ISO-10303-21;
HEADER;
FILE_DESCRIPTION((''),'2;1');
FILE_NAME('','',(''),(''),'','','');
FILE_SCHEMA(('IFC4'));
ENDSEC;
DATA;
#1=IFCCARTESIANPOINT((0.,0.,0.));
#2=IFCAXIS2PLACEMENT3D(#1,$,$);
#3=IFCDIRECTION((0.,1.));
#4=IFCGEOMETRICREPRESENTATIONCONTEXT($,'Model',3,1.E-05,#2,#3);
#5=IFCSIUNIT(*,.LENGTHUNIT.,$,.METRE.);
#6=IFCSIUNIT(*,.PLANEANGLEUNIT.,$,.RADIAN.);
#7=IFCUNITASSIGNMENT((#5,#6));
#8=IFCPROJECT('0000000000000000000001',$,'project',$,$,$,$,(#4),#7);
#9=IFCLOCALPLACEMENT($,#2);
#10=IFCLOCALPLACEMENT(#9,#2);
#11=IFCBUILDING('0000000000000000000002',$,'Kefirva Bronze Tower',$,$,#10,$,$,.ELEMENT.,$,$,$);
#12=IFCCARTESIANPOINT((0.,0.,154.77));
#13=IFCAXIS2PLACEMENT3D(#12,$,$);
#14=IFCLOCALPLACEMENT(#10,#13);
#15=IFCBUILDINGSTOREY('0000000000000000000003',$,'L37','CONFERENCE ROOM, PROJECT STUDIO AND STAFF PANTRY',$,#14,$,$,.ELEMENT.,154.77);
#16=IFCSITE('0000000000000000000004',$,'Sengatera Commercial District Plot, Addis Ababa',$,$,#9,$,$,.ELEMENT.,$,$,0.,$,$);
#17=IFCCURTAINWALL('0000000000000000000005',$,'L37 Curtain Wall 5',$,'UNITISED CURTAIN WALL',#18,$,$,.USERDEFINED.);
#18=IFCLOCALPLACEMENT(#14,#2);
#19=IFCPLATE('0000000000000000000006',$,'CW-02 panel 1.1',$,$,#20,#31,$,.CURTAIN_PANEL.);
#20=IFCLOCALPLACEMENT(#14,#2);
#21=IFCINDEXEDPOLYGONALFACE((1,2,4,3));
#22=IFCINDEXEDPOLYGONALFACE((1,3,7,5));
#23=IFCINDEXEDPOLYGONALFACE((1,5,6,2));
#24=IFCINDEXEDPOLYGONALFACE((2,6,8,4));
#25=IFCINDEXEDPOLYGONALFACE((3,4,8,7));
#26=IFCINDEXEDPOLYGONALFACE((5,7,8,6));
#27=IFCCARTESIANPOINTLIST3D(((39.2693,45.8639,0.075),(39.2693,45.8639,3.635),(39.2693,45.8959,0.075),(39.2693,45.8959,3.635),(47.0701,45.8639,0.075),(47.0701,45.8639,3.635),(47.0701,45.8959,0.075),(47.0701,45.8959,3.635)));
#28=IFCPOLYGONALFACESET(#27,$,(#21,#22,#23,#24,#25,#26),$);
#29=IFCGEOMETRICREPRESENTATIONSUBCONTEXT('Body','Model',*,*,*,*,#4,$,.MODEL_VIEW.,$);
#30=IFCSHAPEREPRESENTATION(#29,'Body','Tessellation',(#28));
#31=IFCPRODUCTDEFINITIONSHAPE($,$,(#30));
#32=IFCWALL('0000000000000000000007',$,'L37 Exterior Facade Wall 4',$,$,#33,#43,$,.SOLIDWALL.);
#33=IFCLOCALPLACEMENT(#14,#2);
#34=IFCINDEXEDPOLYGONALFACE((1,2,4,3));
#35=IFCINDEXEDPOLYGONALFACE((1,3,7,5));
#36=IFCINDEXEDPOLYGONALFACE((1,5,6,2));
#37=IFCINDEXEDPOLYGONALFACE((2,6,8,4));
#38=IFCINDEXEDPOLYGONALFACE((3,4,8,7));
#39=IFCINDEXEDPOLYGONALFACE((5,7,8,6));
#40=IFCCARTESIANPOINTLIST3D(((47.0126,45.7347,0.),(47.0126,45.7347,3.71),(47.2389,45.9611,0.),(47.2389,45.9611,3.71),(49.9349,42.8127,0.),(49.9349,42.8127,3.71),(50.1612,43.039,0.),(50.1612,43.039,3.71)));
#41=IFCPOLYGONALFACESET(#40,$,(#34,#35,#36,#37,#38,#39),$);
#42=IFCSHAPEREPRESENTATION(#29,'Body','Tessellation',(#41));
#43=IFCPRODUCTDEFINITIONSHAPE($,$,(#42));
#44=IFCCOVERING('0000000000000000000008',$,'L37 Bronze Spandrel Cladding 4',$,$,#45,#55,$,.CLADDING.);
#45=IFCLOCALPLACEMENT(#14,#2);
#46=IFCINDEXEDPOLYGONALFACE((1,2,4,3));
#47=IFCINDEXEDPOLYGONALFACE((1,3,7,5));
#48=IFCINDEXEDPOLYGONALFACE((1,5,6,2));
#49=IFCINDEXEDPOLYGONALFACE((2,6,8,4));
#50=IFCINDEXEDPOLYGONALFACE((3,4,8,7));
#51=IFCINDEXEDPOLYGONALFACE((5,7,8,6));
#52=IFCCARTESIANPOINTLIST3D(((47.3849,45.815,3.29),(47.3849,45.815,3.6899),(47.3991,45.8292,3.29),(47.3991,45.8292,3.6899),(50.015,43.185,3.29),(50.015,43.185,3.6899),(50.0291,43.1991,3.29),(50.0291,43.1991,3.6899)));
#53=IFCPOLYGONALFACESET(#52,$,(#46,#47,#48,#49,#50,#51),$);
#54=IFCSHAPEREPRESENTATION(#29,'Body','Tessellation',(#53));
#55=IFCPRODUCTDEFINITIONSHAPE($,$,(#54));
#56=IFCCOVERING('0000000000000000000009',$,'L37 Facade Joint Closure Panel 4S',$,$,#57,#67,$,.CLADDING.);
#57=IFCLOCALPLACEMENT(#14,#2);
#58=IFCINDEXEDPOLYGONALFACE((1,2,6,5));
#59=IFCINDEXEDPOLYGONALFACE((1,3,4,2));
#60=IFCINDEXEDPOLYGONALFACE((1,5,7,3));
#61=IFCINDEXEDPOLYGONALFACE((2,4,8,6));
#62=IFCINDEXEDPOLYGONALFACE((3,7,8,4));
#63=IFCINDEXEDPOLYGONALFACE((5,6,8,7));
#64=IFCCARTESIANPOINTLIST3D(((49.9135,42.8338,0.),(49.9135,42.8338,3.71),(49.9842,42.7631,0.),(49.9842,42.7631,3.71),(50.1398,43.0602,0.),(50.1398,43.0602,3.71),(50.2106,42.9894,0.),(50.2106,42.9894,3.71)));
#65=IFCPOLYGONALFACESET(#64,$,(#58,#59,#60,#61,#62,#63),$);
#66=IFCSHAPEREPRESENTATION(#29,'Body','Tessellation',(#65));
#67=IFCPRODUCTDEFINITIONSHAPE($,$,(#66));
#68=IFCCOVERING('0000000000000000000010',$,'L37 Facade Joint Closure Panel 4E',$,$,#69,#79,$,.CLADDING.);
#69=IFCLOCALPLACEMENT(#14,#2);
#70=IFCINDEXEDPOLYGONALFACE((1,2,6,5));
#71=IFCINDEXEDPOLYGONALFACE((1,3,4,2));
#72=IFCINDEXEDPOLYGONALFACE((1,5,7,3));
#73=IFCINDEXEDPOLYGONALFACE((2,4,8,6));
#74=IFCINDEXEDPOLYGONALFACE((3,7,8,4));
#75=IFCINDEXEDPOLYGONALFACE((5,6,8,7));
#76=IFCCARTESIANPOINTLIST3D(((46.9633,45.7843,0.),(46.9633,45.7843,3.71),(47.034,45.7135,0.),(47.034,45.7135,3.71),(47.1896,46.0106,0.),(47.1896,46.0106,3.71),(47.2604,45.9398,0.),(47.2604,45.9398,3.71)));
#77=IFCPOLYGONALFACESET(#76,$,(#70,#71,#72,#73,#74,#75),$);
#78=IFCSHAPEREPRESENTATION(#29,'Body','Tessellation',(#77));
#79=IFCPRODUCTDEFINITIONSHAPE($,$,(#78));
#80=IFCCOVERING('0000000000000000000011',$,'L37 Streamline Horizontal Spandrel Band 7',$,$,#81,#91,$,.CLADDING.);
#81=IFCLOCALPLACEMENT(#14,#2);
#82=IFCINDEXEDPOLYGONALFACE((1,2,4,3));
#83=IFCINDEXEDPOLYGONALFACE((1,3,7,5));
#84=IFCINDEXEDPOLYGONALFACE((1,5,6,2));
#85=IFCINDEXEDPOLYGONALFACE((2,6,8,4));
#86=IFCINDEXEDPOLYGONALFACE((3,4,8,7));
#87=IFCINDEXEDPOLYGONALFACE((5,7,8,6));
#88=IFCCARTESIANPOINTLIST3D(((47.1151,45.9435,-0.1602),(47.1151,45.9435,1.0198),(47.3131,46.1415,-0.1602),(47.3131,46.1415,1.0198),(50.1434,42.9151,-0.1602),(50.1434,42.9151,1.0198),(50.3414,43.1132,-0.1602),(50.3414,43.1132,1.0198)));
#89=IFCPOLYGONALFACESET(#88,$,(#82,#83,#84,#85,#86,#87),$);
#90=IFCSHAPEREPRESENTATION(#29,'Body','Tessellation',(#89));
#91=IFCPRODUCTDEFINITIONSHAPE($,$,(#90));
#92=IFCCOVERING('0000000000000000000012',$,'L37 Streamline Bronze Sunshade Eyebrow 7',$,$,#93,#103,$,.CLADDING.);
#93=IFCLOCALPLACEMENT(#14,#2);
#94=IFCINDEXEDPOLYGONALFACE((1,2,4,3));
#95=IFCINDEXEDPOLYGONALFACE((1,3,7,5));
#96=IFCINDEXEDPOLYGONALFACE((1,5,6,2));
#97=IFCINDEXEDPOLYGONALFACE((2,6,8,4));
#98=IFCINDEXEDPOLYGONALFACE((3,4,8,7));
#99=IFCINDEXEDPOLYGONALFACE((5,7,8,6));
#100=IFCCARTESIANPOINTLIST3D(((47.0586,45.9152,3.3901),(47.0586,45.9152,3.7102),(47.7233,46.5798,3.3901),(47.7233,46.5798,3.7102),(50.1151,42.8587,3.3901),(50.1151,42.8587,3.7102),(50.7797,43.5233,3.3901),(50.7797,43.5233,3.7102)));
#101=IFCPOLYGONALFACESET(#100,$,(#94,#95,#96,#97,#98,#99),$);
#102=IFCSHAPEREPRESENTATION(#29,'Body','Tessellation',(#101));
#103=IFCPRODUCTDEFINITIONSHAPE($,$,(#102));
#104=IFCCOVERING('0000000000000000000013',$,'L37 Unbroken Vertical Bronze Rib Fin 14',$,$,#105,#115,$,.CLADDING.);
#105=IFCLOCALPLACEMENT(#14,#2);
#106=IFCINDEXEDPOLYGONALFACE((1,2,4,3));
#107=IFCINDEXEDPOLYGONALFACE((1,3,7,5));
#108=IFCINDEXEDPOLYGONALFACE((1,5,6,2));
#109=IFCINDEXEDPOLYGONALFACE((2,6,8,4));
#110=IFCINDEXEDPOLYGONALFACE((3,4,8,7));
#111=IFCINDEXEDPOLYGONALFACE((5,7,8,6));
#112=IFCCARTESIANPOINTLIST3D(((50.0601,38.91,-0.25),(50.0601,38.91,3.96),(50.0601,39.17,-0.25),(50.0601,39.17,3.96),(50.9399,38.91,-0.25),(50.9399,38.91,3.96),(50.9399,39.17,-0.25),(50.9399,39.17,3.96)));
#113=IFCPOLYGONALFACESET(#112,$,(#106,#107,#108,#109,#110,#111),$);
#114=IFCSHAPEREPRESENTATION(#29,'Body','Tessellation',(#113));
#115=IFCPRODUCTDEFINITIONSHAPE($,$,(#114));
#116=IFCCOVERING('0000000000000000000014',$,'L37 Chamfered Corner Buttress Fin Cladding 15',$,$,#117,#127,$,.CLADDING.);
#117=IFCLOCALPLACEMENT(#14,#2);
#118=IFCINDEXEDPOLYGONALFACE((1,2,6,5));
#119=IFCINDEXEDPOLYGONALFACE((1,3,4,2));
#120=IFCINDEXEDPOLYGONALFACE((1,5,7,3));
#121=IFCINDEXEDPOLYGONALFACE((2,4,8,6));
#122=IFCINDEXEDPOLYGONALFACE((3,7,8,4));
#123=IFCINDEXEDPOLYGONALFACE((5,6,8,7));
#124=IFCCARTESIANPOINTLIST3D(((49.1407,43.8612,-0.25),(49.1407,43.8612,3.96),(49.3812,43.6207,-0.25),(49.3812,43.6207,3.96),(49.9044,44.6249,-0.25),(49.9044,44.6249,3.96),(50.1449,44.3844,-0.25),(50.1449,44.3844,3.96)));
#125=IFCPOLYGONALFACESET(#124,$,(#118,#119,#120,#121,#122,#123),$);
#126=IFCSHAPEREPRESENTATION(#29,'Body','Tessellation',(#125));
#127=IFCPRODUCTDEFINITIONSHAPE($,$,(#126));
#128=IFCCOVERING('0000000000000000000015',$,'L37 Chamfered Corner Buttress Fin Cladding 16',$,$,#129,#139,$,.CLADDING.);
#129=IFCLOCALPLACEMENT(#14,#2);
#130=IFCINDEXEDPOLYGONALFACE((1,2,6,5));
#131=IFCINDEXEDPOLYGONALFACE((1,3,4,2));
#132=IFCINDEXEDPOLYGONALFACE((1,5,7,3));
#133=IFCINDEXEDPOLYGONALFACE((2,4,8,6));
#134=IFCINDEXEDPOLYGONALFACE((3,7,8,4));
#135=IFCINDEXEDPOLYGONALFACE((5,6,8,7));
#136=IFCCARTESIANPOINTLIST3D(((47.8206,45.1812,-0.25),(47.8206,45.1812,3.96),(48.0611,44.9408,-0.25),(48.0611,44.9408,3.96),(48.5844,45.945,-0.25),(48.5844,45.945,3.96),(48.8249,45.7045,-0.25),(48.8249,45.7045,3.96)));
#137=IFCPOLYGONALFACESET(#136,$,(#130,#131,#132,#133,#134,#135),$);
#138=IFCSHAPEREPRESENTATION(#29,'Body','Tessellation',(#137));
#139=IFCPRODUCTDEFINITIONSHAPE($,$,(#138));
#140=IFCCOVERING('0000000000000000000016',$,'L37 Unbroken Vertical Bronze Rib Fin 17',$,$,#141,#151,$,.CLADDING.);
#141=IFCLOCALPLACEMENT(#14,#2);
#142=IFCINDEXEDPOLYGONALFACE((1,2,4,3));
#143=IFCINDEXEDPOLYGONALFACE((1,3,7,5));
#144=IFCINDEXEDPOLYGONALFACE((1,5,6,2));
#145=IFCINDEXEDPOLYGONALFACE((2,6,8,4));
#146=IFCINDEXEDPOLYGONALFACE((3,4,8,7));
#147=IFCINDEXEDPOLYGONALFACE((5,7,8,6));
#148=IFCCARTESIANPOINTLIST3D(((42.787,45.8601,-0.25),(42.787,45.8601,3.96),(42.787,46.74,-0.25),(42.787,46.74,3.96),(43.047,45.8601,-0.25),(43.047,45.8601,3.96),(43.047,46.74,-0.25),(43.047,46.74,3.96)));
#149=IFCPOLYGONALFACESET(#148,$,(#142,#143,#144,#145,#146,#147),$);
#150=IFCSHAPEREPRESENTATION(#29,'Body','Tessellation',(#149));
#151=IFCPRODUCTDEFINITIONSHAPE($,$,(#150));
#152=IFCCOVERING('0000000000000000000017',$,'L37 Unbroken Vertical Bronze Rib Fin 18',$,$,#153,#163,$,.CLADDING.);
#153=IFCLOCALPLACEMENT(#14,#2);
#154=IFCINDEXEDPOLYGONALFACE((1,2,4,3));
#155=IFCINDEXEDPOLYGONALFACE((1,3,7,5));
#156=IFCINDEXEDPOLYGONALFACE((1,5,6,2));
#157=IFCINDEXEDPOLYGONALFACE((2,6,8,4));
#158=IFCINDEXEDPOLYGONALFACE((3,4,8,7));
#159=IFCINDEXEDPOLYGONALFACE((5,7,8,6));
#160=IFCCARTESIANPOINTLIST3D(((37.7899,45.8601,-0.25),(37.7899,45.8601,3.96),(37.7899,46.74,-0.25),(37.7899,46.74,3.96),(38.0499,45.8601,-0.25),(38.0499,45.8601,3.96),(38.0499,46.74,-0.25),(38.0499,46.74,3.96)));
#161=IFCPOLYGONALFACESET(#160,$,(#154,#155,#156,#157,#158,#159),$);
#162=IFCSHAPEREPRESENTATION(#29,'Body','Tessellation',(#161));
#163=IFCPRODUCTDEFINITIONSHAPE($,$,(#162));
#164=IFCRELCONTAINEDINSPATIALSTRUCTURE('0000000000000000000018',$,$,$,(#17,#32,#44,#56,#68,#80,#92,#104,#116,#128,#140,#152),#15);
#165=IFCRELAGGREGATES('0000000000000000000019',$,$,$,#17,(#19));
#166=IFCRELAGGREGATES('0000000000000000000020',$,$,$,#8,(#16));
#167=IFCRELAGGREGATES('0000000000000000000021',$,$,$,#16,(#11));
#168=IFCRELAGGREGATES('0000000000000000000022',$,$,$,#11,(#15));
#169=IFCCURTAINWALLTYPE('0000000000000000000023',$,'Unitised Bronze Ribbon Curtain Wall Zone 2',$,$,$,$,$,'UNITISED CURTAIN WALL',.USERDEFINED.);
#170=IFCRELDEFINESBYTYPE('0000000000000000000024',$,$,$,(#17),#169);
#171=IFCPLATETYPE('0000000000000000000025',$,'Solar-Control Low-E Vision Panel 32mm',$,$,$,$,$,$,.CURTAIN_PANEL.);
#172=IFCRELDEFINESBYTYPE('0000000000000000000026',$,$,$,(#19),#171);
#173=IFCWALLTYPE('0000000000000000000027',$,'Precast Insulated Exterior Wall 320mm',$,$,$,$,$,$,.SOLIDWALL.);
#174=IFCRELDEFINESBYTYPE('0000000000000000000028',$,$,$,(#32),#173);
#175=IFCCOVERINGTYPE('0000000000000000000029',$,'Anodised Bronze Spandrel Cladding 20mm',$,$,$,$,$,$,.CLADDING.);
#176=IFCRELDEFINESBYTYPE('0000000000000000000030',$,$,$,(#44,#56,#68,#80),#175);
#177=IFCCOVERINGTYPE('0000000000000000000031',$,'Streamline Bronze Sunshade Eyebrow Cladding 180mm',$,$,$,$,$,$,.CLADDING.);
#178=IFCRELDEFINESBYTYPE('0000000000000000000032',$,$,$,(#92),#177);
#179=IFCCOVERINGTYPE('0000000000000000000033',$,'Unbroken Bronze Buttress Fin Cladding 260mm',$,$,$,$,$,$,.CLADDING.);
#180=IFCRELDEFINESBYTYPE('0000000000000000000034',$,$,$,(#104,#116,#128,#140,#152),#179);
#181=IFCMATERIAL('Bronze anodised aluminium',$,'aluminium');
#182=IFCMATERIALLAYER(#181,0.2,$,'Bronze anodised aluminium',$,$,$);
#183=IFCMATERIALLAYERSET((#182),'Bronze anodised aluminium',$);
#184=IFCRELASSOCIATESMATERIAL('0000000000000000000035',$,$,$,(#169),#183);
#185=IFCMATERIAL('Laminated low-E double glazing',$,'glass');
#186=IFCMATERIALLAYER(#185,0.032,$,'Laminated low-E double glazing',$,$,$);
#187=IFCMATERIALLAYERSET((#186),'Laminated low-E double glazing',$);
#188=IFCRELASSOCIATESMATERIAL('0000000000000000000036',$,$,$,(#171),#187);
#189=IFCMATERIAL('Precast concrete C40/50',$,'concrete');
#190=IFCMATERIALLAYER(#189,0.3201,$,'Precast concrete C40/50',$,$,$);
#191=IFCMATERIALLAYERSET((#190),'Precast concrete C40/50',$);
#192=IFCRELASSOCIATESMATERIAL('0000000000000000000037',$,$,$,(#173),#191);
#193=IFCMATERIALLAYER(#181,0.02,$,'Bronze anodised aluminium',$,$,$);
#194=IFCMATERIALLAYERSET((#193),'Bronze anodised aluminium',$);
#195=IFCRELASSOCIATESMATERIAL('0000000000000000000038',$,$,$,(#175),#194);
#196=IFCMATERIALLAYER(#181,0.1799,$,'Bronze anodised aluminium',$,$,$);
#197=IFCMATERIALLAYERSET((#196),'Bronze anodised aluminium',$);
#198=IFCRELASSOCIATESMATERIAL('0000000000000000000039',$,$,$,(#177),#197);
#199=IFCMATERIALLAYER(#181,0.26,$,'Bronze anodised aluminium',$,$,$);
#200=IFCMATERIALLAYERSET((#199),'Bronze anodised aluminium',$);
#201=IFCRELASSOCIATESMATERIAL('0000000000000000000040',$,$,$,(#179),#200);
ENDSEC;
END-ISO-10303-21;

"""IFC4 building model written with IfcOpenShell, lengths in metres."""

from ifc_helpers import new_model, si_unit, direction, frame, frame_2d, origin, origin_2d, place, context, subcontext, project, spatial, rectangle, extrude, material, layer, layer_set, type_object, element, aggregate, save


model = new_model("IFC4")

# Units and contexts
model_context = context("Model", 3, precision=1e-05, world=origin(), true_north=direction((0.0, 1.0)))
body_context = subcontext(model_context, "Body", "Model", "MODEL_VIEW")
ifc_project = project(units=[si_unit("LENGTHUNIT", "METRE"), si_unit("PLANEANGLEUNIT", "RADIAN")], contexts=[model_context])

# Site, building, storey
site_placement = place(None, origin())
site = spatial("IfcSite", under=ifc_project, at=site_placement, Name="Sengatera Commercial District Plot, Addis Ababa", CompositionType="ELEMENT", RefElevation=0.0)
building_placement = place(site_placement, origin())
building = spatial("IfcBuilding", under=site, at=building_placement, Name="Kefirva Bronze Tower", CompositionType="ELEMENT")
storey_placement = place(building_placement, frame((0.0, 0.0, 154.77)))
storey = spatial("IfcBuildingStorey", under=building, at=storey_placement, Name="L37", Description="CONFERENCE ROOM, PROJECT STUDIO AND STAFF PANTRY", CompositionType="ELEMENT", Elevation=154.77)

# Shared definitions
ifc_material_1 = material(Name="Bronze anodised aluminium", Category="aluminium")
ifc_layer_1 = layer(ifc_material_1, 0.2, Name="Bronze anodised aluminium")
ifc_layer_set_1 = layer_set([ifc_layer_1], Name="Bronze anodised aluminium")
curtain_wall_type = type_object("IfcCurtainWallType", Name="Unitised Bronze Ribbon Curtain Wall Zone 2", ElementType="UNITISED CURTAIN WALL", PredefinedType="USERDEFINED", material=ifc_layer_set_1)

# Curtain wall
curtain_wall_1_placement = place(storey_placement, origin())
curtain_wall_1 = element("IfcCurtainWall", 1, at=curtain_wall_1_placement, inside=storey, type_object=curtain_wall_type, Name="L37 Curtain Wall 5", ObjectType="UNITISED CURTAIN WALL", PredefinedType="USERDEFINED")

# Plate
ifc_material_2 = material(Name="Laminated low-E double glazing", Category="glass")
ifc_layer_2 = layer(ifc_material_2, 0.032, Name="Laminated low-E double glazing")
ifc_layer_set_2 = layer_set([ifc_layer_2], Name="Laminated low-E double glazing")
plate_type = type_object("IfcPlateType", Name="Solar-Control Low-E Vision Panel 32mm", PredefinedType="CURTAIN_PANEL", material=ifc_layer_set_2)
plate_placement = place(storey_placement, frame((43.1697, 45.8799, 0.075), z_axis=(0.0, 0.0, 1.0), x_axis=(-1.0, 0.0, 0.0)))
plate = element("IfcPlate", 2, at=plate_placement, type_object=plate_type, Name="CW-02 panel 1.1", PredefinedType="CURTAIN_PANEL", context=body_context, shape_type="SweptSolid", body=[
    extrude(rectangle(XDim=7.8008, YDim=0.032, at=origin_2d()), origin(), (0.0, 0.0, 1.0), 3.5601),
])
aggregate(curtain_wall_1, [plate])

# Wall
ifc_material_3 = material(Name="Precast concrete C40/50", Category="concrete")
ifc_layer_3 = layer(ifc_material_3, 0.3201, Name="Precast concrete C40/50")
ifc_layer_set_3 = layer_set([ifc_layer_3], Name="Precast concrete C40/50")
wall_type = type_object("IfcWallType", Name="Precast Insulated Exterior Wall 320mm", PredefinedType="SOLIDWALL", material=ifc_layer_set_3)
wall_placement = place(storey_placement, frame((50.0481, 42.9258, 0.0), z_axis=(0.0, 0.0, 1.0), x_axis=(-0.707136, 0.707077, 0.0)))
element("IfcWall", 3, at=wall_placement, inside=storey, type_object=wall_type, Name="L37 Exterior Facade Wall 4", PredefinedType="SOLIDWALL", context=body_context, shape_type="SweptSolid", body=[
    extrude(rectangle(XDim=4.1326, YDim=0.3201, at=frame_2d((2.0664, 0.0))), origin(), (0.0, 0.0, 1.0), 3.71),
])

# Coverings
ifc_layer_4 = layer(ifc_material_1, 0.02, Name="Bronze anodised aluminium")
ifc_layer_set_4 = layer_set([ifc_layer_4], Name="Bronze anodised aluminium")
covering_type_1 = type_object("IfcCoveringType", Name="Anodised Bronze Spandrel Cladding 20mm", PredefinedType="CLADDING", material=ifc_layer_set_4)
covering_1_placement = place(storey_placement, frame((48.707, 44.5071, 3.29), z_axis=(0.0, 0.0, 1.0), x_axis=(-0.707107, 0.707107, 0.0)))
element("IfcCovering", 4, at=covering_1_placement, inside=storey, type_object=covering_type_1, Name="L37 Bronze Spandrel Cladding 4", PredefinedType="CLADDING", context=body_context, shape_type="SweptSolid", body=[
    extrude(rectangle(XDim=3.7195, YDim=0.02, at=origin_2d()), origin(), (0.0, 0.0, 1.0), 0.3999),
])
for number, where, z_axis, x_axis, name in (
    (5, (50.062, 42.9116, 0.0), (0.0, 0.0, 1.0), (-0.707107, 0.707107, 0.0), "L37 Facade Joint Closure Panel 4S"),
    (6, (47.1118, 45.8621, 0.0), (0.0, 0.0, 1.0), (-0.707107, 0.707107, 0.0), "L37 Facade Joint Closure Panel 4E"),
):
    element("IfcCovering", number, at=place(storey_placement, frame(where, z_axis=z_axis, x_axis=x_axis)), inside=storey, type_object=covering_type_1, Name=name, PredefinedType="CLADDING", context=body_context, shape_type="SweptSolid", body=[
        extrude(rectangle(XDim=0.1001, YDim=0.3201, at=origin_2d()), origin(), (0.0, 0.0, 1.0), 3.71),
    ])
covering_2_placement = place(storey_placement, frame((48.7283, 44.5283, -0.1602), z_axis=(0.0, 0.0, 1.0), x_axis=(-0.707107, 0.707107, 0.0)))
element("IfcCovering", 7, at=covering_2_placement, inside=storey, type_object=covering_type_1, Name="L37 Streamline Horizontal Spandrel Band 7", PredefinedType="CLADDING", context=body_context, shape_type="SweptSolid", body=[
    extrude(rectangle(XDim=4.2827, YDim=0.28, at=origin_2d()), origin(), (0.0, 0.0, 1.0), 1.1799),
])
ifc_layer_5 = layer(ifc_material_1, 0.1799, Name="Bronze anodised aluminium")
ifc_layer_set_5 = layer_set([ifc_layer_5], Name="Bronze anodised aluminium")
covering_type_2 = type_object("IfcCoveringType", Name="Streamline Bronze Sunshade Eyebrow Cladding 180mm", PredefinedType="CLADDING", material=ifc_layer_set_5)
covering_3_placement = place(storey_placement, frame((48.9192, 44.7192, 3.3901), z_axis=(0.0, 0.0, 1.0), x_axis=(-0.707107, 0.707107, 0.0)))
element("IfcCovering", 8, at=covering_3_placement, inside=storey, type_object=covering_type_2, Name="L37 Streamline Bronze Sunshade Eyebrow 7", PredefinedType="CLADDING", context=body_context, shape_type="SweptSolid", body=[
    extrude(rectangle(XDim=4.3225, YDim=0.9399, at=origin_2d()), origin(), (0.0, 0.0, 1.0), 0.3201),
])
ifc_layer_6 = layer(ifc_material_1, 0.26, Name="Bronze anodised aluminium")
ifc_layer_set_6 = layer_set([ifc_layer_6], Name="Bronze anodised aluminium")
covering_type_3 = type_object("IfcCoveringType", Name="Unbroken Bronze Buttress Fin Cladding 260mm", PredefinedType="CLADDING", material=ifc_layer_set_6)
covering_4_placement = place(storey_placement, frame((50.5, 39.04, -0.25), z_axis=(0.0, 0.0, 1.0), x_axis=(0.0, 1.0, 0.0)))
element("IfcCovering", 9, at=covering_4_placement, inside=storey, type_object=covering_type_3, Name="L37 Unbroken Vertical Bronze Rib Fin 14", PredefinedType="CLADDING", context=body_context, shape_type="SweptSolid", body=[
    extrude(rectangle(XDim=0.26, YDim=0.8799, at=origin_2d()), origin(), (0.0, 0.0, 1.0), 4.21),
])
for number, where, z_axis, x_axis, name in (
    (10, (49.6428, 44.1228, -0.25), (0.0, 0.0, 1.0), (-0.707107, 0.707107, 0.0), "L37 Chamfered Corner Buttress Fin Cladding 15"),
    (11, (48.3228, 45.4429, -0.25), (0.0, 0.0, 1.0), (-0.707107, 0.707107, 0.0), "L37 Chamfered Corner Buttress Fin Cladding 16"),
):
    element("IfcCovering", number, at=place(storey_placement, frame(where, z_axis=z_axis, x_axis=x_axis)), inside=storey, type_object=covering_type_3, Name=name, PredefinedType="CLADDING", context=body_context, shape_type="SweptSolid", body=[
        extrude(rectangle(XDim=0.3401, YDim=1.0801, at=origin_2d()), origin(), (0.0, 0.0, 1.0), 4.21),
    ])
for number, where, z_axis, x_axis, name in (
    (12, (42.917, 46.3, -0.25), (0.0, 0.0, 1.0), (-1.0, 0.0, 0.0), "L37 Unbroken Vertical Bronze Rib Fin 17"),
    (13, (37.9199, 46.3, -0.25), (0.0, 0.0, 1.0), (-1.0, 0.0, 0.0), "L37 Unbroken Vertical Bronze Rib Fin 18"),
):
    element("IfcCovering", number, at=place(storey_placement, frame(where, z_axis=z_axis, x_axis=x_axis)), inside=storey, type_object=covering_type_3, Name=name, PredefinedType="CLADDING", context=body_context, shape_type="SweptSolid", body=[
        extrude(rectangle(XDim=0.26, YDim=0.8799, at=origin_2d()), origin(), (0.0, 0.0, 1.0), 4.21),
    ])

save(model, "model.ifc")
